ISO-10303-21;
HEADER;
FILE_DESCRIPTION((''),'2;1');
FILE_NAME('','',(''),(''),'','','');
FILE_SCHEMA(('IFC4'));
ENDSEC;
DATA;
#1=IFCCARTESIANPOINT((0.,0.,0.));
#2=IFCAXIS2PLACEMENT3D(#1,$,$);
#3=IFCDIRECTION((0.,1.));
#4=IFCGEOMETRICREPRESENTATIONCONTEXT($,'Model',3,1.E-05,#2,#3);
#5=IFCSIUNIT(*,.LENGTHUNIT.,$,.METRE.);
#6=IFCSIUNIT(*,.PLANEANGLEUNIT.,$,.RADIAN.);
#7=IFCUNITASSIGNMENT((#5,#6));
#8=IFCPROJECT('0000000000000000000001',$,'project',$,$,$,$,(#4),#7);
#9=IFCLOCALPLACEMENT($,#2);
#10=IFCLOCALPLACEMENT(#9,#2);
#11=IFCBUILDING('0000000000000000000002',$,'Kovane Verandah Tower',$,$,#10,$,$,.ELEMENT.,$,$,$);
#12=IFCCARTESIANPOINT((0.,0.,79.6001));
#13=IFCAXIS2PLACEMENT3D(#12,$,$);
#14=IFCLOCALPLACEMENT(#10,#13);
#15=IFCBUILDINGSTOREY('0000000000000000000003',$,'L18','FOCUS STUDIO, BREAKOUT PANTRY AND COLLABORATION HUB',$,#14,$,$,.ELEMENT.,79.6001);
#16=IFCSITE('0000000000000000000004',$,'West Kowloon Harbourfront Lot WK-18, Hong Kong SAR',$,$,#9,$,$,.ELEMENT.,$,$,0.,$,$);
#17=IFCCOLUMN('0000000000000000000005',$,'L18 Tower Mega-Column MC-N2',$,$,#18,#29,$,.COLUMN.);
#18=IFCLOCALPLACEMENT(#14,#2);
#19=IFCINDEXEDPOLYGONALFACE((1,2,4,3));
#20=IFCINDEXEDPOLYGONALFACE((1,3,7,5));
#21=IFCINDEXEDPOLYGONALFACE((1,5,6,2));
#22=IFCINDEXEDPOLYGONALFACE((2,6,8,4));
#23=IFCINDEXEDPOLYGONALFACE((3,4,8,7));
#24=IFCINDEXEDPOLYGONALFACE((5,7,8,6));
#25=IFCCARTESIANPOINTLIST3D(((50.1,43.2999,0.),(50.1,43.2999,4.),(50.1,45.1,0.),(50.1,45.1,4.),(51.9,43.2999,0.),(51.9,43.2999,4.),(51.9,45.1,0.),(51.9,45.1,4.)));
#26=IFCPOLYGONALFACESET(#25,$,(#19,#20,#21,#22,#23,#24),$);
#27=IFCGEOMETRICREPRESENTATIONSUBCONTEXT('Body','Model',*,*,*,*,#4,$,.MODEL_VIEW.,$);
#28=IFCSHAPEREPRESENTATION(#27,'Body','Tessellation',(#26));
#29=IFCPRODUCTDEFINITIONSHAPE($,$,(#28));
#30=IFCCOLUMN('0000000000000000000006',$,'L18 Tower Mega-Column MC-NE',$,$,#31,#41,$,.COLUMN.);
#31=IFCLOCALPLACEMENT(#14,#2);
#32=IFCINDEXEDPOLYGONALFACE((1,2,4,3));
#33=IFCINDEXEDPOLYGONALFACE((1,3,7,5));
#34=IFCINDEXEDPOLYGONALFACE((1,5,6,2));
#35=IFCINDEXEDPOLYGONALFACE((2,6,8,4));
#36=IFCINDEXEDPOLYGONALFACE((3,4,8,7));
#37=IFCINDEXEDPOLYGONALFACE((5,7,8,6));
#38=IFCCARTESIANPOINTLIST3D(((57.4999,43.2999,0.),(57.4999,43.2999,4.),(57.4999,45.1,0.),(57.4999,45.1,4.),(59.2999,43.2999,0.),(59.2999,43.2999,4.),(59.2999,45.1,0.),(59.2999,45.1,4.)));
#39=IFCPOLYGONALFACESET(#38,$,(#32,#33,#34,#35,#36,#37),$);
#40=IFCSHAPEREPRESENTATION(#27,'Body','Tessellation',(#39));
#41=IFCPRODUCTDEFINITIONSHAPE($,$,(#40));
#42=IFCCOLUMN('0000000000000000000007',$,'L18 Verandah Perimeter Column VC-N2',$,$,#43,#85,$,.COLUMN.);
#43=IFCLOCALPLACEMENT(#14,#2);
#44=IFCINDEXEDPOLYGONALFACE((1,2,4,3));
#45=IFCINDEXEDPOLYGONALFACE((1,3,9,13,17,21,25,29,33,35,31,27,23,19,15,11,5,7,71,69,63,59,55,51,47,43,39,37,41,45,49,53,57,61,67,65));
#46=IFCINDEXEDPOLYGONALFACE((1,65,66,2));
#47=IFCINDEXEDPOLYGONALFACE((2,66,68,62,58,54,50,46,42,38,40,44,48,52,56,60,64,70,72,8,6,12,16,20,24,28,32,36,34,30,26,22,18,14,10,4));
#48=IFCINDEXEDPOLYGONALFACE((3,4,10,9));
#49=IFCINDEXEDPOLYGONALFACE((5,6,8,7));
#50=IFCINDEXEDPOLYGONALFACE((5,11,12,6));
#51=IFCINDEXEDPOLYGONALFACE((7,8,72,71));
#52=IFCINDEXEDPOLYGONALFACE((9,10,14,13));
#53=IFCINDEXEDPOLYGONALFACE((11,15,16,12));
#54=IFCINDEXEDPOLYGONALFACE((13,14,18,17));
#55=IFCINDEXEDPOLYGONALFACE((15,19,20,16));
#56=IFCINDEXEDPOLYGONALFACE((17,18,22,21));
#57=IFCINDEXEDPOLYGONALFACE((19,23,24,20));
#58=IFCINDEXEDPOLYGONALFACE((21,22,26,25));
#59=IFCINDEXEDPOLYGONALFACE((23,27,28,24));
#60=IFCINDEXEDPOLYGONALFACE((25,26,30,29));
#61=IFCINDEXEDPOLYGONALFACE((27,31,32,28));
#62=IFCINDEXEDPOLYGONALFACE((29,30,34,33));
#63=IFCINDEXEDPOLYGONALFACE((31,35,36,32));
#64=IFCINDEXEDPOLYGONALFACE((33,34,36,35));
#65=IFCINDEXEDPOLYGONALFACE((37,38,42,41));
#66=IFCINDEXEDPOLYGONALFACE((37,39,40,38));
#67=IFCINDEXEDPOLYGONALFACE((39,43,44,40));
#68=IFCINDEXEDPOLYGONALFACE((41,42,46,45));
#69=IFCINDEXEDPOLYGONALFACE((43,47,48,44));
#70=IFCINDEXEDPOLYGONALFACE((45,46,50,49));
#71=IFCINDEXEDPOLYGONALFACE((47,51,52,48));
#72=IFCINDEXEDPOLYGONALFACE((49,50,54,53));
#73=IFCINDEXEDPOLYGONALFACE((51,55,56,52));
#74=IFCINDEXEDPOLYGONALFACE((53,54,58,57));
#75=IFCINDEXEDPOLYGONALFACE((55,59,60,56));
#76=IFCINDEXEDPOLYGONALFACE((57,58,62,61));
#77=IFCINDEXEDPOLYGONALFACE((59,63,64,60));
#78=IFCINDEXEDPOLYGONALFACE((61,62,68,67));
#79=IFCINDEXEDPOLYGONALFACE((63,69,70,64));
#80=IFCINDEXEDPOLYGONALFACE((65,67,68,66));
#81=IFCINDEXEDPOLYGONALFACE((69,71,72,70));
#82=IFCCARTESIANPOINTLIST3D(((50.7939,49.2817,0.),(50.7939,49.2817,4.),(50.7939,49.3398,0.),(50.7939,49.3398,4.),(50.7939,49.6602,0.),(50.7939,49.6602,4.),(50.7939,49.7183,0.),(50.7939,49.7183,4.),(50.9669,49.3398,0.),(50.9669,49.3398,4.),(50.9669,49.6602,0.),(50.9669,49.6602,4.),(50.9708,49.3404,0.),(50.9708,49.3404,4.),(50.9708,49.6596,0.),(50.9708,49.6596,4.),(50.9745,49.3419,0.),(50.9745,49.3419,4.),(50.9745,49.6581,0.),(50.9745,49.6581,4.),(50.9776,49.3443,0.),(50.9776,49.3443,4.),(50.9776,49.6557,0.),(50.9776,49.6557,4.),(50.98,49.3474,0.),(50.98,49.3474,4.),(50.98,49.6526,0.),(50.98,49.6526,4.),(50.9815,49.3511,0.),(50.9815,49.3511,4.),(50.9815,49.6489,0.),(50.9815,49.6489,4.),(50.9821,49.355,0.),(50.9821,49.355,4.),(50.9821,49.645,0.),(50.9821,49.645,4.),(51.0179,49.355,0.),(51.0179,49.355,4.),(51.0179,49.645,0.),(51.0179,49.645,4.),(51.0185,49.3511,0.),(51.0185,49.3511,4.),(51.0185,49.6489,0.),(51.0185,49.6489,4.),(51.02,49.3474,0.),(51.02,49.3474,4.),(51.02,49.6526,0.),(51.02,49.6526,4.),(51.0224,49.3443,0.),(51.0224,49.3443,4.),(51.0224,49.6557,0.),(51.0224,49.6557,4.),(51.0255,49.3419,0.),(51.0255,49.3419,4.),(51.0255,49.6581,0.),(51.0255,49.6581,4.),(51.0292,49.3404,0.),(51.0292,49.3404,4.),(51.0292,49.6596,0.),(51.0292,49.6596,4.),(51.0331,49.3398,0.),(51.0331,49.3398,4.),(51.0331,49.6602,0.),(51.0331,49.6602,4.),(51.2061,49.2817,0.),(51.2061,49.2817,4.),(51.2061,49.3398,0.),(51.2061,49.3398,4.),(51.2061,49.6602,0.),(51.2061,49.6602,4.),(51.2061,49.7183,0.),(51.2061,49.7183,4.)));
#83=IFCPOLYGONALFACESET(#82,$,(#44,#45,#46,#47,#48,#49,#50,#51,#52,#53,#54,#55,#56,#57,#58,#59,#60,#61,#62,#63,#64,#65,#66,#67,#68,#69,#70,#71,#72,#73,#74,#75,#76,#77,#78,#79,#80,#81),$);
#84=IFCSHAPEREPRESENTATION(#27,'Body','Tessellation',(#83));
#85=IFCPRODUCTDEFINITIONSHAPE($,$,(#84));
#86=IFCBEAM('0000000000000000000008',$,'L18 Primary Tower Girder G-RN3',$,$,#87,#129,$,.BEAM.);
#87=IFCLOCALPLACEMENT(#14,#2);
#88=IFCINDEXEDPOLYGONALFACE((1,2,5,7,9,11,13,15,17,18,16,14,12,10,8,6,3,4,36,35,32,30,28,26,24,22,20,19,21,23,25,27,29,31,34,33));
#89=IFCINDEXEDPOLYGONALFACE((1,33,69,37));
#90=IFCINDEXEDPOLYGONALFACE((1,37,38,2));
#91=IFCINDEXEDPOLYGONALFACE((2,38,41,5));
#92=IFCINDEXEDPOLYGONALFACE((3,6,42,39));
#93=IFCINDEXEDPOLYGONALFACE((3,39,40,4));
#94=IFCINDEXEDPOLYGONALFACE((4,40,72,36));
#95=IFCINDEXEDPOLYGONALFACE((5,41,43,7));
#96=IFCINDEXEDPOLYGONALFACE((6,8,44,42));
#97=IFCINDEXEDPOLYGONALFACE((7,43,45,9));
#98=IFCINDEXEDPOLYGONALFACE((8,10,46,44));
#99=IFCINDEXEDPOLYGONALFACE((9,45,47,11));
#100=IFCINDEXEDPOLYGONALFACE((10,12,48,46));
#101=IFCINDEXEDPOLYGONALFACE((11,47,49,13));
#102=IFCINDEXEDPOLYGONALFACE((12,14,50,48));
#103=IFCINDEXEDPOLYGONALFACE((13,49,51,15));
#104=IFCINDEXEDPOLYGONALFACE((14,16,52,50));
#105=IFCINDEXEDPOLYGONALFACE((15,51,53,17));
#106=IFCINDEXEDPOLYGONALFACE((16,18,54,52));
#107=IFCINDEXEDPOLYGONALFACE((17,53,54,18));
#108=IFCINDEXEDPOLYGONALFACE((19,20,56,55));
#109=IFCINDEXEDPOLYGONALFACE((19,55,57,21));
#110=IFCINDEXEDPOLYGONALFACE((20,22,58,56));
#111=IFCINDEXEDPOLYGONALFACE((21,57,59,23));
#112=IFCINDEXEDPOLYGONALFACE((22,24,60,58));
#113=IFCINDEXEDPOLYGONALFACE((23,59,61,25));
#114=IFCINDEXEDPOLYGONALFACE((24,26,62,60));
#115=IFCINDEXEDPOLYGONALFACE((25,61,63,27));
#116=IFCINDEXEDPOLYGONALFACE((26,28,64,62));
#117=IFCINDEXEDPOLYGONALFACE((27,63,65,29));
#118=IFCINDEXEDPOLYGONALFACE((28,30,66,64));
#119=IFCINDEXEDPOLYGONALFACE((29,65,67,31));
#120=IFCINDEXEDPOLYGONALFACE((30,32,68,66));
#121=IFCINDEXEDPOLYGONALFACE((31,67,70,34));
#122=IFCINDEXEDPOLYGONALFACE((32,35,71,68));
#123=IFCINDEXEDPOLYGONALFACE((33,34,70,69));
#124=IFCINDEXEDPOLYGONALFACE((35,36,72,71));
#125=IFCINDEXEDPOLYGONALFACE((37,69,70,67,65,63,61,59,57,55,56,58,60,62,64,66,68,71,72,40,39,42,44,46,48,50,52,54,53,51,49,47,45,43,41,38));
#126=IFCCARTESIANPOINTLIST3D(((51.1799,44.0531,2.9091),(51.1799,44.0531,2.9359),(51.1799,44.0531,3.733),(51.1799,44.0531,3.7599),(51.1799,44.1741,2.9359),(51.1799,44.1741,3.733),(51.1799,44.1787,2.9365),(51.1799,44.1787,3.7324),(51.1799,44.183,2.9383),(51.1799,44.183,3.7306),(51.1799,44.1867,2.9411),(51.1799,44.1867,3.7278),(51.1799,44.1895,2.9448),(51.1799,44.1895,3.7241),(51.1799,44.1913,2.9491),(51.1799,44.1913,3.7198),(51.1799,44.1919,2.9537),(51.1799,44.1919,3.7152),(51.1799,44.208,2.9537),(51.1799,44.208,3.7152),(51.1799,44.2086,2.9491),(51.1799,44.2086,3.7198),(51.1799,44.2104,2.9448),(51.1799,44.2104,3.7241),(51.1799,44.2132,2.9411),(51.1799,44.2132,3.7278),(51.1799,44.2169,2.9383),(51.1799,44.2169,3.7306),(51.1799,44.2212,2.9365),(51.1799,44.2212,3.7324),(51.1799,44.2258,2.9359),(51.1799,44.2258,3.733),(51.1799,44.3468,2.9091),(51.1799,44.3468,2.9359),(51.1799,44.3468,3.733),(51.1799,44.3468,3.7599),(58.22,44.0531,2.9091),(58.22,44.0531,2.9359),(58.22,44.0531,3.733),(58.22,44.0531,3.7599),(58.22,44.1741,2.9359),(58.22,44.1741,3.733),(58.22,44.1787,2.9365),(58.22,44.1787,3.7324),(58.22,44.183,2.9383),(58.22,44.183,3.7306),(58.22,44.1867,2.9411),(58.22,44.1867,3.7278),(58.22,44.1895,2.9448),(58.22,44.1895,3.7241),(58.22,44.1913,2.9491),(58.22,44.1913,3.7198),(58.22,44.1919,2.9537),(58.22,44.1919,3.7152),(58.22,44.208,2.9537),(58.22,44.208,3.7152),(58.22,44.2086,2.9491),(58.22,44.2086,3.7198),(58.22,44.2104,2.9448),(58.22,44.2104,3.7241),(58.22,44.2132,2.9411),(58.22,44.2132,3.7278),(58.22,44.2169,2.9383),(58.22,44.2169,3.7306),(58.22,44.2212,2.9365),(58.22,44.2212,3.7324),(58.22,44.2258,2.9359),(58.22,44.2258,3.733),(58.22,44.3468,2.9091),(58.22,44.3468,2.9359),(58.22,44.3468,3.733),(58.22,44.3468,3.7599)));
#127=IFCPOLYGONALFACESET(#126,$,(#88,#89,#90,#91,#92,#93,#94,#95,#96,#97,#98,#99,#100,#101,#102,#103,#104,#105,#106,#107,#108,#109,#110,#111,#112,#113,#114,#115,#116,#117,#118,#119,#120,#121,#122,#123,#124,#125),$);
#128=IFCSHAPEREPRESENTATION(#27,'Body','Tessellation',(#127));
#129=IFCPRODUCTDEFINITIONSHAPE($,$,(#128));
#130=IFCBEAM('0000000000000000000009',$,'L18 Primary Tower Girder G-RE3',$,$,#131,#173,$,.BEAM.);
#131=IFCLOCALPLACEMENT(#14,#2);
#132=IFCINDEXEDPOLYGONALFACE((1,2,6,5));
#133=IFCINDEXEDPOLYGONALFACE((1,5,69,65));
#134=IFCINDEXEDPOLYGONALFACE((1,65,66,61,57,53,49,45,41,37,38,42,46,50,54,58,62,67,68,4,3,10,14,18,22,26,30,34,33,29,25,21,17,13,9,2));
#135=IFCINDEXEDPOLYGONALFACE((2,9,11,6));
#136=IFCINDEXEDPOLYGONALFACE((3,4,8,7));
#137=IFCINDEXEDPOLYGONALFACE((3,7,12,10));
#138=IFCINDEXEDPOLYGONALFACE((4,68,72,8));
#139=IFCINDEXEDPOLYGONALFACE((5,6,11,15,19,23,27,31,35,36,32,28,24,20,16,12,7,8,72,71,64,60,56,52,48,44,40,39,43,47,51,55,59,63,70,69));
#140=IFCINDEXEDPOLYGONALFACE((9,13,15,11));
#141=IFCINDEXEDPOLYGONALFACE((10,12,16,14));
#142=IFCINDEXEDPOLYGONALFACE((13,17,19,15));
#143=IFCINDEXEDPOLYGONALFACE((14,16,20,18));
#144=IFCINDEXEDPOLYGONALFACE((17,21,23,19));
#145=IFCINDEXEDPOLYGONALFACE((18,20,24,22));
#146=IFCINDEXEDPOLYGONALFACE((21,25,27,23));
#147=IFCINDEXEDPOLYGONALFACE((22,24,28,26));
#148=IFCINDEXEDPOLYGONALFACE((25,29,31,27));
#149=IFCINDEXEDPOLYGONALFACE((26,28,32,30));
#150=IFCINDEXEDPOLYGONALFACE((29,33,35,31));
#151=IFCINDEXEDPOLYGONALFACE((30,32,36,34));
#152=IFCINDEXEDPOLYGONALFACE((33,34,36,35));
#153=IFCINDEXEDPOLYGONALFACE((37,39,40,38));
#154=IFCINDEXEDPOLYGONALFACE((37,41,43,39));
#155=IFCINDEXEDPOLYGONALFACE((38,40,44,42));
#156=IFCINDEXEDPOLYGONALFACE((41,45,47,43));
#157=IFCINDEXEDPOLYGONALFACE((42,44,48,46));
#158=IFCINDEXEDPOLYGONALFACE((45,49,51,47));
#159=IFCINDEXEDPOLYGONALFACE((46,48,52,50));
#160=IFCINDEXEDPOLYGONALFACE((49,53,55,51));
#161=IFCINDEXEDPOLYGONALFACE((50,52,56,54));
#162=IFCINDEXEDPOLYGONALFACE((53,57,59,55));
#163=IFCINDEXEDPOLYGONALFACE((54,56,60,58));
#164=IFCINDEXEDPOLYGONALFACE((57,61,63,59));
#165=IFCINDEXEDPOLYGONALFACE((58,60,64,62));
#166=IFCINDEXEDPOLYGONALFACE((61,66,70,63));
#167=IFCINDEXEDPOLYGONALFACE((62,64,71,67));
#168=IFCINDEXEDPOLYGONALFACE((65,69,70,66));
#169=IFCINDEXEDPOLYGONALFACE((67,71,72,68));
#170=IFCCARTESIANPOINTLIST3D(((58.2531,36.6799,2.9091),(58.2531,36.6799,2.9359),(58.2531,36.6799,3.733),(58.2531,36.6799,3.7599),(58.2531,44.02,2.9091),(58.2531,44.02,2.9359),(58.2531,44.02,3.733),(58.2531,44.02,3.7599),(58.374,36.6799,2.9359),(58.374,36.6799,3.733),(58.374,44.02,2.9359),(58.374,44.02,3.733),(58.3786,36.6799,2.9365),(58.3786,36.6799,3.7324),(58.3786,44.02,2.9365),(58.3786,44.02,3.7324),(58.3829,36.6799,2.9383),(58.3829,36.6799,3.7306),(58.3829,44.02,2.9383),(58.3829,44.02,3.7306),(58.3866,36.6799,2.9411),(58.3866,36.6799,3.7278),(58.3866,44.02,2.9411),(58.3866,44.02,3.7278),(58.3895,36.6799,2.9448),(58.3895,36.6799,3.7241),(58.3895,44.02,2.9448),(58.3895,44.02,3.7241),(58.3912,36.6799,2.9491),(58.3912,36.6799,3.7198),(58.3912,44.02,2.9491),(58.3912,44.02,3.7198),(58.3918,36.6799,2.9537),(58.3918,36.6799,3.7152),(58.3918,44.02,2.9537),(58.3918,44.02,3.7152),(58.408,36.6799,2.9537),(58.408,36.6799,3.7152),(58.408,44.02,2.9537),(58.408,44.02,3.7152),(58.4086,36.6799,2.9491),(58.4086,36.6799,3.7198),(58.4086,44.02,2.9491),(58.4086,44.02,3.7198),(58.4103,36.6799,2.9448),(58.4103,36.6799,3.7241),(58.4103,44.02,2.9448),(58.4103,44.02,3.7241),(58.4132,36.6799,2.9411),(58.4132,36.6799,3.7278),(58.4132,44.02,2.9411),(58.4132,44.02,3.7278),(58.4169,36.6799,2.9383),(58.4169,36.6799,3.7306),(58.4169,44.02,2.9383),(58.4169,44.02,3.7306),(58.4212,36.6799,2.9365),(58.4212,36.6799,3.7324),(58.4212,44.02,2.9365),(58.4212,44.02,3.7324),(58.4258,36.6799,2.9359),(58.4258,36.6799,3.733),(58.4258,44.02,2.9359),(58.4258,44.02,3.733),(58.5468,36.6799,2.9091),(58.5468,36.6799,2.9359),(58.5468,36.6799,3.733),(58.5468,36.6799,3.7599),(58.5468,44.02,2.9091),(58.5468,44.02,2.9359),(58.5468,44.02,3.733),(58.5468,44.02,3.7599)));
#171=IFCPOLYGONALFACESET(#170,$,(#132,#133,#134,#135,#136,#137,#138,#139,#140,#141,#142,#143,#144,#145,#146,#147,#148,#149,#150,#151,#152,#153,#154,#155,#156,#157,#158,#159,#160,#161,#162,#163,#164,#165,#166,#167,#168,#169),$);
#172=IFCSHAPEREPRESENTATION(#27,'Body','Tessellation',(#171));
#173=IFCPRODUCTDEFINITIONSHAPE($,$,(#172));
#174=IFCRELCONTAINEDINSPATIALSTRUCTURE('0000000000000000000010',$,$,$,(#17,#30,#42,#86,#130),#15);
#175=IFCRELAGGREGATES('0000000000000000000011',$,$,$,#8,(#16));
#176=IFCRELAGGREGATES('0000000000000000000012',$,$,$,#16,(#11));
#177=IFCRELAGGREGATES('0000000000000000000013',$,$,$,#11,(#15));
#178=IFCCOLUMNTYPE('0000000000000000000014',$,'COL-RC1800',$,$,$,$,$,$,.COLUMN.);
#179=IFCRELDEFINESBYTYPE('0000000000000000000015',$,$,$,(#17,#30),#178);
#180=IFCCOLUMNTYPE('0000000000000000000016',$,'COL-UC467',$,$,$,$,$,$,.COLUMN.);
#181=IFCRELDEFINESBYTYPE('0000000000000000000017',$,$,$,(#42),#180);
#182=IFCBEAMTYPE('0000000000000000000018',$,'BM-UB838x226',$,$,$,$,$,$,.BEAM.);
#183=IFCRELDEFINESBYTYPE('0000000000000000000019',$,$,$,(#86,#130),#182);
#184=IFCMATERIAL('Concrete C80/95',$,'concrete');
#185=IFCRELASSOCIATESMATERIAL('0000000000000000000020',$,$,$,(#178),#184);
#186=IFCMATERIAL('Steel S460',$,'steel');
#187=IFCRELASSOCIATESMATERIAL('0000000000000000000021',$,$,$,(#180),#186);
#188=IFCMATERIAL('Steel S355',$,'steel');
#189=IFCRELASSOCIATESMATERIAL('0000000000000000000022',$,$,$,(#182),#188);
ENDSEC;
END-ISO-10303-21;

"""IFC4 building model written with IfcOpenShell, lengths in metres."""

from ifc_helpers import new_model, si_unit, direction, frame, origin, origin_2d, place, context, subcontext, project, spatial, rectangle, i_section, extrude, material, material_profile, profile_set, type_object, element, save


model = new_model("IFC4")

# Units and contexts
model_context = context("Model", 3, precision=1e-05, world=origin(), true_north=direction((0.0, 1.0)))
body_context = subcontext(model_context, "Body", "Model", "MODEL_VIEW")
ifc_project = project(units=[si_unit("LENGTHUNIT", "METRE"), si_unit("PLANEANGLEUNIT", "RADIAN")], contexts=[model_context])

# Site, building, storey
site_placement = place(None, origin())
site = spatial("IfcSite", under=ifc_project, at=site_placement, Name="West Kowloon Harbourfront Lot WK-18, Hong Kong SAR", CompositionType="ELEMENT", RefElevation=0.0)
building_placement = place(site_placement, origin())
building = spatial("IfcBuilding", under=site, at=building_placement, Name="Kovane Verandah Tower", CompositionType="ELEMENT")
storey_placement = place(building_placement, frame((0.0, 0.0, 79.6001)))
storey = spatial("IfcBuildingStorey", under=building, at=storey_placement, Name="L18", Description="FOCUS STUDIO, BREAKOUT PANTRY AND COLLABORATION HUB", CompositionType="ELEMENT", Elevation=79.6001)

# Columns
ifc_material_1 = material(Name="Concrete C80/95", Category="concrete")
ifc_material_profile_1 = material_profile(ifc_material_1, rectangle(XDim=1.8, YDim=1.8, at=origin_2d()), Name="RC1800x1800")
ifc_profile_set_1 = profile_set([ifc_material_profile_1], Name="Concrete C80/95")
column_type_1 = type_object("IfcColumnType", Name="COL-RC1800", PredefinedType="COLUMN", material=ifc_profile_set_1)
for number, where, z_axis, x_axis, name in (
    (1, (51.0, 44.2, 0.0), (0.0, 0.0, 1.0), (1.0, 0.0, 0.0), "L18 Tower Mega-Column MC-N2"),
    (2, (58.3999, 44.2, 0.0), (0.0, 0.0, 1.0), (1.0, 0.0, 0.0), "L18 Tower Mega-Column MC-NE"),
):
    element("IfcColumn", number, at=place(storey_placement, frame(where, z_axis=z_axis, x_axis=x_axis)), inside=storey, type_object=column_type_1, Name=name, PredefinedType="COLUMN", context=body_context, shape_type="SweptSolid", body=[
        extrude(rectangle(XDim=1.8, YDim=1.8, at=origin_2d()), origin(), (0.0, 0.0, 1.0), 4.0),
    ])
ifc_material_2 = material(Name="Steel S460", Category="steel")
ifc_material_profile_2 = material_profile(ifc_material_2, i_section(OverallWidth=0.4121, OverallDepth=0.4365, WebThickness=0.0359, FlangeThickness=0.0581, FilletRadius=0.0151, at=origin_2d()), Name="UC356x406x467")
ifc_profile_set_2 = profile_set([ifc_material_profile_2], Name="Steel S460")
column_type_2 = type_object("IfcColumnType", Name="COL-UC467", PredefinedType="COLUMN", material=ifc_profile_set_2)
column_placement = place(storey_placement, frame((51.0, 49.5, 0.0), z_axis=(0.0, 0.0, 1.0), x_axis=(1.0, 0.0, 0.0)))
element("IfcColumn", 3, at=column_placement, inside=storey, type_object=column_type_2, Name="L18 Verandah Perimeter Column VC-N2", PredefinedType="COLUMN", context=body_context, shape_type="SweptSolid", body=[
    extrude(i_section(OverallWidth=0.4121, OverallDepth=0.4365, WebThickness=0.0359, FlangeThickness=0.0581, FilletRadius=0.0151, at=origin_2d()), origin(), (0.0, 0.0, 1.0), 4.0),
])

# Beams
ifc_material_3 = material(Name="Steel S355", Category="steel")
ifc_material_profile_3 = material_profile(ifc_material_3, i_section(OverallWidth=0.2937, OverallDepth=0.8508, WebThickness=0.0161, FlangeThickness=0.0269, FilletRadius=0.0178, at=origin_2d()), Name="UB838x292x226")
ifc_profile_set_3 = profile_set([ifc_material_profile_3], Name="Steel S355")
beam_type_1 = type_object("IfcBeamType", Name="BM-UB838x226", PredefinedType="BEAM", material=ifc_profile_set_3)
beam_1_placement = place(storey_placement, frame((51.1799, 44.2, 3.3345), z_axis=(1.0, 0.0, 0.0), x_axis=(0.0, 1.0, 0.0)))
element("IfcBeam", 4, at=beam_1_placement, inside=storey, type_object=beam_type_1, Name="L18 Primary Tower Girder G-RN3", PredefinedType="BEAM", context=body_context, shape_type="SweptSolid", body=[
    extrude(i_section(OverallWidth=0.2937, OverallDepth=0.8508, WebThickness=0.0161, FlangeThickness=0.0269, FilletRadius=0.0178, at=origin_2d()), origin(), (0.0, 0.0, 1.0), 7.04),
])
for number, where, z_axis, x_axis, name in (
    (5, (58.3999, 36.6799, 3.3345), (0.0, 1.0, 0.0), (-1.0, 0.0, 0.0), "L18 Primary Tower Girder G-RE3"),
):
    element("IfcBeam", number, at=place(storey_placement, frame(where, z_axis=z_axis, x_axis=x_axis)), inside=storey, type_object=beam_type_1, Name=name, PredefinedType="BEAM", context=body_context, shape_type="SweptSolid", body=[
        extrude(i_section(OverallWidth=0.2937, OverallDepth=0.8508, WebThickness=0.0161, FlangeThickness=0.0269, FilletRadius=0.0178, at=origin_2d()), origin(), (0.0, 0.0, 1.0), 7.3401),
    ])

save(model, "model.ifc")
